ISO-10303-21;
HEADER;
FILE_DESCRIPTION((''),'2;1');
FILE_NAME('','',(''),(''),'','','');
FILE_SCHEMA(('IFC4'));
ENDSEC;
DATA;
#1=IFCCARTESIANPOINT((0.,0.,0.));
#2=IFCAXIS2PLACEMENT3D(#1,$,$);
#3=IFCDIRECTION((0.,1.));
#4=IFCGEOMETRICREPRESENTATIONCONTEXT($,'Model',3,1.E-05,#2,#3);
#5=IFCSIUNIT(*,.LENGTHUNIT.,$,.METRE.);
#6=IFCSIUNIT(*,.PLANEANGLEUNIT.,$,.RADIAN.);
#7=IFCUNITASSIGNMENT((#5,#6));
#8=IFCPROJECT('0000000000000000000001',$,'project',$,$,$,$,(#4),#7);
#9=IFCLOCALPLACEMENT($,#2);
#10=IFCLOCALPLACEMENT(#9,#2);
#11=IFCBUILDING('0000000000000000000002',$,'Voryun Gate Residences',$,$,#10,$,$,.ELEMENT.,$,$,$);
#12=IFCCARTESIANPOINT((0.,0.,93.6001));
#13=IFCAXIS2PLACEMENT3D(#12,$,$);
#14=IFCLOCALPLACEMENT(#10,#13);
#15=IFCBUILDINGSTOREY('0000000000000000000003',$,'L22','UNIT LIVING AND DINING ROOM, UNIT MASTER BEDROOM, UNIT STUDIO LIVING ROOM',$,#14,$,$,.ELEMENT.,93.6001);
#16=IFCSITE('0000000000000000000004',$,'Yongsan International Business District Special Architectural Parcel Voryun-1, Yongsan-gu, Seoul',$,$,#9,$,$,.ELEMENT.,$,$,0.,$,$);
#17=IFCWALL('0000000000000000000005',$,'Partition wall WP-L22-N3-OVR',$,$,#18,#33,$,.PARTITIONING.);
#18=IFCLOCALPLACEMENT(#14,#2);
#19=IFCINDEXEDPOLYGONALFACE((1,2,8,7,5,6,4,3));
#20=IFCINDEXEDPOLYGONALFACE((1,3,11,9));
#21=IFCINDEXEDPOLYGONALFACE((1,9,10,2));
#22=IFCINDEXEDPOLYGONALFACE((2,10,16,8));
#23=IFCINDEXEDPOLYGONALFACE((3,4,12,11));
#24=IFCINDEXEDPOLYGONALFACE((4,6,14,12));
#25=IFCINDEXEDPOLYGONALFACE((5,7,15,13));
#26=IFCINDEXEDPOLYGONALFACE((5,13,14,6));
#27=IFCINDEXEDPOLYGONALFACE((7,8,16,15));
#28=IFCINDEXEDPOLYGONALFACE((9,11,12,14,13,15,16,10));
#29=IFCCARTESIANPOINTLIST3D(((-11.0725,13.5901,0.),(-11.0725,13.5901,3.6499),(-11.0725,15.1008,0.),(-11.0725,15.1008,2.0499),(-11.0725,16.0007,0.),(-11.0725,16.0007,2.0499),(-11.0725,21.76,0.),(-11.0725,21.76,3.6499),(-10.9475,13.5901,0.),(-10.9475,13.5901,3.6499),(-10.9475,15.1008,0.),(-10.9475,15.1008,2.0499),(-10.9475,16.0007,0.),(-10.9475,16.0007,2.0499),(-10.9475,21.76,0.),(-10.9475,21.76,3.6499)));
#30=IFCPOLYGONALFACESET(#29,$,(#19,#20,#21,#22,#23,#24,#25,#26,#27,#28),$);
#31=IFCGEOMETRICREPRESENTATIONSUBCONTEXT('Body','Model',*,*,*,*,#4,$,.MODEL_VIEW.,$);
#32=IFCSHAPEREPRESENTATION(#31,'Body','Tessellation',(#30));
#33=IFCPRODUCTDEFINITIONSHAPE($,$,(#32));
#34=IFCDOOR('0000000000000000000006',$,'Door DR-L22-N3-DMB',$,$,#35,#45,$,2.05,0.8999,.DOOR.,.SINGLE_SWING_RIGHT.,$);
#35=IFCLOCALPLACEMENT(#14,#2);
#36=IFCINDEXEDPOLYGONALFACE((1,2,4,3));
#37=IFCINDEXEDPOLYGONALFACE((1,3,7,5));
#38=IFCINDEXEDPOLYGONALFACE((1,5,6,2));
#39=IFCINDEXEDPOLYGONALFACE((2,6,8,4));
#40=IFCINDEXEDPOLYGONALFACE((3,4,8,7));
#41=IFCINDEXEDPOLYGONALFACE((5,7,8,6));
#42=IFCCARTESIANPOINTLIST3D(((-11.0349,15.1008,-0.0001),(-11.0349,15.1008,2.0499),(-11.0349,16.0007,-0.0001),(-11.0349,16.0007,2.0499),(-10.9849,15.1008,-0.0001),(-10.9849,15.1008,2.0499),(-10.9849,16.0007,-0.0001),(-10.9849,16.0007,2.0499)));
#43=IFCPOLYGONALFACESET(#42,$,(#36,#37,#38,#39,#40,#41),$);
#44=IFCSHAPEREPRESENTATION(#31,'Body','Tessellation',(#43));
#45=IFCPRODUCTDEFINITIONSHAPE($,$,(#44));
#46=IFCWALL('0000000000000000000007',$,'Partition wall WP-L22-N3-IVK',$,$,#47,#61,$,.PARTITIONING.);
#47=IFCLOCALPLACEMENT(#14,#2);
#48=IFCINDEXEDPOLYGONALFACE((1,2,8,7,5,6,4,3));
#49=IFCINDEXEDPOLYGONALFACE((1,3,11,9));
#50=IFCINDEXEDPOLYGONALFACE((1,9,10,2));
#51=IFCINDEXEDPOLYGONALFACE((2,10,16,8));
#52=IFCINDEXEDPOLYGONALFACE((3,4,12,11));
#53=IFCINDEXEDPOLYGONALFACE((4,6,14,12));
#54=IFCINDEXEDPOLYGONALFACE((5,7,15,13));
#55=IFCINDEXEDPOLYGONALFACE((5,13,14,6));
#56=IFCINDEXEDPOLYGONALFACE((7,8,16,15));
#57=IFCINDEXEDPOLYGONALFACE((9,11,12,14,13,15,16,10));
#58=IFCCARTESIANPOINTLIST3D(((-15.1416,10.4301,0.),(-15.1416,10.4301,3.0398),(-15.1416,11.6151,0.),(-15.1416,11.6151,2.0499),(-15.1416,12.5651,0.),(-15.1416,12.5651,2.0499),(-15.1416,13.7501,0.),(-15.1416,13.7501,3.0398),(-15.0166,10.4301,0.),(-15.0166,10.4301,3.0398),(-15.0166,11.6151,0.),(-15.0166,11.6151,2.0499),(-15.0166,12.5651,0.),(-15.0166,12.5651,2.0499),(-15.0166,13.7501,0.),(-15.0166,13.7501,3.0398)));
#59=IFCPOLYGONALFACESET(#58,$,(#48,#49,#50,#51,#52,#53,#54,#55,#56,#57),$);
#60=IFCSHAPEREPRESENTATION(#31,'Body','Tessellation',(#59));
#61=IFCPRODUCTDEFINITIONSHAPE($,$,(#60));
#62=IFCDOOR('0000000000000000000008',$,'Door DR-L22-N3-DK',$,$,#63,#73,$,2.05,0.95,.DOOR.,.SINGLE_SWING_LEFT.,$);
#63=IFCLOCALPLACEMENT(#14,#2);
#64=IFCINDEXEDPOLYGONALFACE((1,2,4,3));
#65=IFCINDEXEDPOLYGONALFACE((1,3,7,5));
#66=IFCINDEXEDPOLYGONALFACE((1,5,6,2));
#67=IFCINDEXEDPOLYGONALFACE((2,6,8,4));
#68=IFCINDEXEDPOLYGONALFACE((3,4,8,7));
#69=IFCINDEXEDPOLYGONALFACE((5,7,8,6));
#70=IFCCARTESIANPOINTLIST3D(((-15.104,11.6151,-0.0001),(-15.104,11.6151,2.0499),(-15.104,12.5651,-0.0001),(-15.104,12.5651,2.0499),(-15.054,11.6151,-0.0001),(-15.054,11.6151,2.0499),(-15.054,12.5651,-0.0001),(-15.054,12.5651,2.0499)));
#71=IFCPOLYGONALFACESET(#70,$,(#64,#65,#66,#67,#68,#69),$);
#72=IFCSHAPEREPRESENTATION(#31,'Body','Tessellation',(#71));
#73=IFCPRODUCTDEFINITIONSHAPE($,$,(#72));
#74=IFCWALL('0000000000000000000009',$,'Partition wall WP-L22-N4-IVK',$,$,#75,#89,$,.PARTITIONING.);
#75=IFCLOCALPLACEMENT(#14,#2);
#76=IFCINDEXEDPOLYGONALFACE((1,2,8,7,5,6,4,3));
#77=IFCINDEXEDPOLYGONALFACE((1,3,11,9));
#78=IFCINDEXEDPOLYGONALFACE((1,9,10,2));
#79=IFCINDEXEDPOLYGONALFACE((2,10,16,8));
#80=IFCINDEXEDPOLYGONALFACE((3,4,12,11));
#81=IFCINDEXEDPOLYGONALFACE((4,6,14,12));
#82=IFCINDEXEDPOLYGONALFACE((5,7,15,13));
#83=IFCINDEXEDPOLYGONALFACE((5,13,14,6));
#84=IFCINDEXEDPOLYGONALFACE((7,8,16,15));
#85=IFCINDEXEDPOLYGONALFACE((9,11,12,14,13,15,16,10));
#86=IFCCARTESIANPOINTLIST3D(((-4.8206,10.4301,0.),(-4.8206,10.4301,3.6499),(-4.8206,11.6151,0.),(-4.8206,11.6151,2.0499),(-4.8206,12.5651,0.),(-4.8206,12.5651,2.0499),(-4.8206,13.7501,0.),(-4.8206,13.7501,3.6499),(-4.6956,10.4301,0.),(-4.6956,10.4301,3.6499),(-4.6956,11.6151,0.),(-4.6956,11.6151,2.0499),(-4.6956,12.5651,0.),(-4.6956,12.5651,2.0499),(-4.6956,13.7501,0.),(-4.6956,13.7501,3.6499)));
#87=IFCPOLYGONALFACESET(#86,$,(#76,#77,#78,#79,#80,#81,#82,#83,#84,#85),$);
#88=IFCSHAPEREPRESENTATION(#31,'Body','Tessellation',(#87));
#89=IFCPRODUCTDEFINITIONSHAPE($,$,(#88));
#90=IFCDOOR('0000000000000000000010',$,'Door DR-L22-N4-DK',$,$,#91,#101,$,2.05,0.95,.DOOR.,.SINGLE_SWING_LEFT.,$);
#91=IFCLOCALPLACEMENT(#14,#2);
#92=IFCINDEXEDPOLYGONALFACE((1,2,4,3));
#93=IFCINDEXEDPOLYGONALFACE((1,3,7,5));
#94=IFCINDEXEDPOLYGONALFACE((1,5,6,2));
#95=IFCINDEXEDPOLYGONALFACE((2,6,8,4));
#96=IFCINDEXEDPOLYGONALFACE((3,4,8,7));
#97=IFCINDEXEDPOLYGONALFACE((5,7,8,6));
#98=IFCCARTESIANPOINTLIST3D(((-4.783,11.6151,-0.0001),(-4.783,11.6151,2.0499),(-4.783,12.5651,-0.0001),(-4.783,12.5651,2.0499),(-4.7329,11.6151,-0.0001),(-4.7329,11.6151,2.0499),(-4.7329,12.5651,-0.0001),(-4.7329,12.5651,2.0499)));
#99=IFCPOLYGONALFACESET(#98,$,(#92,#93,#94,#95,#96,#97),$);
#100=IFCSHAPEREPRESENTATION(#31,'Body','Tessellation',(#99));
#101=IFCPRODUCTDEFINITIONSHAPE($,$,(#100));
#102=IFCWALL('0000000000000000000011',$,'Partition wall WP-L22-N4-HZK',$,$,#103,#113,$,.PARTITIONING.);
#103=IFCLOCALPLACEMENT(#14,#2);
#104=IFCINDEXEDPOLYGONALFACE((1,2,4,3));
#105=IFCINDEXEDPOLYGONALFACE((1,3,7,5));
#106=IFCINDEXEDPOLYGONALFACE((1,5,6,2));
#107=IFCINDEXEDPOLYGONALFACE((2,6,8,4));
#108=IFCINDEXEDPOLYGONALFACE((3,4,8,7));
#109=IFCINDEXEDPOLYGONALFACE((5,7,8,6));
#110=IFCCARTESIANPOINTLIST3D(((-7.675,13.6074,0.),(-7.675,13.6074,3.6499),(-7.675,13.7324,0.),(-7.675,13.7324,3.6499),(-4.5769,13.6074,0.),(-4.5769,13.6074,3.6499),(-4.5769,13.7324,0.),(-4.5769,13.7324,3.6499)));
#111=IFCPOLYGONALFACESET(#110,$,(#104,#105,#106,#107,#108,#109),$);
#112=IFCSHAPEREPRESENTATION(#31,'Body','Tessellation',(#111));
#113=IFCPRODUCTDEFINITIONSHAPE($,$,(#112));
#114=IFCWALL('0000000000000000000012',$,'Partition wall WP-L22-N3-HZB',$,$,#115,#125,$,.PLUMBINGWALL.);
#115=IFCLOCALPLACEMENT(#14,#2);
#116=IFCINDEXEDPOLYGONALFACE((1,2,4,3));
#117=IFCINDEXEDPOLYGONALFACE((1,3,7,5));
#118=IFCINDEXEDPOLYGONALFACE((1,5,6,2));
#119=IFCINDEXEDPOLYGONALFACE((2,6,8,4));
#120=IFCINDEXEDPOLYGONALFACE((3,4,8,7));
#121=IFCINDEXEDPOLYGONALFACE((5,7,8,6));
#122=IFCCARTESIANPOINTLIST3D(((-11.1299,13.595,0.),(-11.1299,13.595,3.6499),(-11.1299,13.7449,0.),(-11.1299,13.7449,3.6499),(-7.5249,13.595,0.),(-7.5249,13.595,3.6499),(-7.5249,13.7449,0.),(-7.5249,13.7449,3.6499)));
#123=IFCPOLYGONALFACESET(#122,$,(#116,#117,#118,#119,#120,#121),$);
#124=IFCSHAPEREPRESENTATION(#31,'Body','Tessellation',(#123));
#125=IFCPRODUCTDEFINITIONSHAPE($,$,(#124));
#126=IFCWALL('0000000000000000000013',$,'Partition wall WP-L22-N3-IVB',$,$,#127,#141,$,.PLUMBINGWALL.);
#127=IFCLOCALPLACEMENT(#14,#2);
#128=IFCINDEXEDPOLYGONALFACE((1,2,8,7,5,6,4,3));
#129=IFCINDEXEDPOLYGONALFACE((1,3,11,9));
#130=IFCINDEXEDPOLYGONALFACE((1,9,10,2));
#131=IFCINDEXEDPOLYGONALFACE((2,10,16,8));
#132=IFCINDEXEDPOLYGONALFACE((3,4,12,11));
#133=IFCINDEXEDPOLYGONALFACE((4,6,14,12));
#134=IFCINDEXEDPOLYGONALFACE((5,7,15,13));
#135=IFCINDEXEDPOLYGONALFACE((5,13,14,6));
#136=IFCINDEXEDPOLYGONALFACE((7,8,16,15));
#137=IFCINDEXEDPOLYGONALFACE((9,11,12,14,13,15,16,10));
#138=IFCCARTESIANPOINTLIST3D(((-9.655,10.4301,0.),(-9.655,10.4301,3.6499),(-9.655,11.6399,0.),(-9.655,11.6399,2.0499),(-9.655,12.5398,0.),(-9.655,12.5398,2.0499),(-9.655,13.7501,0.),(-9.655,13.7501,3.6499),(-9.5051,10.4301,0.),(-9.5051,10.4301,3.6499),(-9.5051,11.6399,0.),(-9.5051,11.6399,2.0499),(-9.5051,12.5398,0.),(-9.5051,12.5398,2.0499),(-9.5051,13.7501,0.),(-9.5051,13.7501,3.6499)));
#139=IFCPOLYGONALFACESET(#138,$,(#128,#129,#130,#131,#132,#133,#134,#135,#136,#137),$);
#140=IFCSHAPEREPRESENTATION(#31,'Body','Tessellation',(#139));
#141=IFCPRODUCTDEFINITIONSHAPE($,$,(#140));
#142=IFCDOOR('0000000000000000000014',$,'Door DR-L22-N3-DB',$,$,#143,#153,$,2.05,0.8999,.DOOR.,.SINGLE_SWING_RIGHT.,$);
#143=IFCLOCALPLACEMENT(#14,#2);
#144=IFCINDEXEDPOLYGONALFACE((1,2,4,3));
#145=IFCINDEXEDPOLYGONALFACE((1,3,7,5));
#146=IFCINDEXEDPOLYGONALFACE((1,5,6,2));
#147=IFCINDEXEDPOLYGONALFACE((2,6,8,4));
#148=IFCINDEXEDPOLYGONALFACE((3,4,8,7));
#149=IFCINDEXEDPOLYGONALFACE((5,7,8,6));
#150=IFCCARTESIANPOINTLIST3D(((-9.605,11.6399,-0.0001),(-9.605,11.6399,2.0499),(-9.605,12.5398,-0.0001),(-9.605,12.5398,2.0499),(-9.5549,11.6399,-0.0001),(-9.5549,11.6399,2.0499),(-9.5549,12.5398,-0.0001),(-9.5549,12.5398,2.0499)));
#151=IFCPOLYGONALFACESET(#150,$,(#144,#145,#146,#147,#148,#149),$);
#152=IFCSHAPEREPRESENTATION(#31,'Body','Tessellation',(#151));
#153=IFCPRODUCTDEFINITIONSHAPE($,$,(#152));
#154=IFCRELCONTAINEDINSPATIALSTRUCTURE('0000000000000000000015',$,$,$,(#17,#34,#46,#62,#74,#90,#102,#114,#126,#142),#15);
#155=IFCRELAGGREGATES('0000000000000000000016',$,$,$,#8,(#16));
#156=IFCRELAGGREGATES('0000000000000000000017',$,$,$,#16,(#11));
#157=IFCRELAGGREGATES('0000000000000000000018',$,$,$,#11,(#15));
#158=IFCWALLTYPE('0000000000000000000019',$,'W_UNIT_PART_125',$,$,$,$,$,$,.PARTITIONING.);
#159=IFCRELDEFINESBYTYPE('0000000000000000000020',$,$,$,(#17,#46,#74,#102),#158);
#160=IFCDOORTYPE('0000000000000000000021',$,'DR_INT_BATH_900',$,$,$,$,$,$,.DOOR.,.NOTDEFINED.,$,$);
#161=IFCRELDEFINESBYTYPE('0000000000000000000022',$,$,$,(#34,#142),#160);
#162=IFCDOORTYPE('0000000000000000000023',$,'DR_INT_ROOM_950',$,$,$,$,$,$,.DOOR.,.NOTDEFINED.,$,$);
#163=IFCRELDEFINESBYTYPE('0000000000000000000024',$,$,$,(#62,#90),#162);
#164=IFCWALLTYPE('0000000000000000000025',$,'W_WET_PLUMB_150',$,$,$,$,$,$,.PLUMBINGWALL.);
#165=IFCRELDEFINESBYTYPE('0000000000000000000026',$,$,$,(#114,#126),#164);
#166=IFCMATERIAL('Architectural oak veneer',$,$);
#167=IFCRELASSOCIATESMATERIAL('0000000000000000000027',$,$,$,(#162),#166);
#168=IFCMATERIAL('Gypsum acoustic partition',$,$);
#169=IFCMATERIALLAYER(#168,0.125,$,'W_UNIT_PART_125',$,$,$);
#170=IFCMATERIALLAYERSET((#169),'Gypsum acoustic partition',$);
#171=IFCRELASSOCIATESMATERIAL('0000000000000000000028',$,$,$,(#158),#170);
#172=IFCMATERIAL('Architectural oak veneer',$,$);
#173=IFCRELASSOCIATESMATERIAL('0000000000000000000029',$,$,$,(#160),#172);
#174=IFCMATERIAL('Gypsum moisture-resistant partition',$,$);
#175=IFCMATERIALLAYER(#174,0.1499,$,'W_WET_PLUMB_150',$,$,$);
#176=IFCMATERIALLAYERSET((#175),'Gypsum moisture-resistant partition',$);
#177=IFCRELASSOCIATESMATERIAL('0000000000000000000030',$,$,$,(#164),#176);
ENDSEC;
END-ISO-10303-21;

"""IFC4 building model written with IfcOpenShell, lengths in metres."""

from ifc_helpers import new_model, si_unit, direction, frame, frame_2d, origin, place, context, subcontext, project, spatial, rectangle, extrude, material, layer, layer_set, type_object, element, fill, save


model = new_model("IFC4")

# Units and contexts
model_context = context("Model", 3, precision=1e-05, world=origin(), true_north=direction((0.0, 1.0)))
body_context = subcontext(model_context, "Body", "Model", "MODEL_VIEW")
ifc_project = project(units=[si_unit("LENGTHUNIT", "METRE"), si_unit("PLANEANGLEUNIT", "RADIAN")], contexts=[model_context])

# Site, building, storey
site_placement = place(None, origin())
site = spatial("IfcSite", under=ifc_project, at=site_placement, Name="Yongsan International Business District Special Architectural Parcel Voryun-1, Yongsan-gu, Seoul", CompositionType="ELEMENT", RefElevation=0.0)
building_placement = place(site_placement, origin())
building = spatial("IfcBuilding", under=site, at=building_placement, Name="Voryun Gate Residences", CompositionType="ELEMENT")
storey_placement = place(building_placement, frame((0.0, 0.0, 93.6001)))
storey = spatial("IfcBuildingStorey", under=building, at=storey_placement, Name="L22", Description="UNIT LIVING AND DINING ROOM, UNIT MASTER BEDROOM, UNIT STUDIO LIVING ROOM", CompositionType="ELEMENT", Elevation=93.6001)

# Shared definitions
ifc_material_1 = material(Name="Architectural oak veneer")
door_type_1 = type_object("IfcDoorType", Name="DR_INT_ROOM_950", OperationType="NOTDEFINED", PredefinedType="DOOR", material=ifc_material_1)

# Walls, openings, doors
ifc_material_2 = material(Name="Gypsum acoustic partition")
ifc_layer_1 = layer(ifc_material_2, 0.125, Name="W_UNIT_PART_125")
ifc_layer_set_1 = layer_set([ifc_layer_1], Name="Gypsum acoustic partition")
wall_type_1 = type_object("IfcWallType", Name="W_UNIT_PART_125", PredefinedType="PARTITIONING", material=ifc_layer_set_1)
wall_1_placement = place(storey_placement, frame((-11.01, 13.5901, 0.0), z_axis=(0.0, 0.0, 1.0), x_axis=(0.0, 1.0, 0.0)))
wall_1 = element("IfcWall", 1, at=wall_1_placement, inside=storey, type_object=wall_type_1, Name="Partition wall WP-L22-N3-OVR", PredefinedType="PARTITIONING", context=body_context, shape_type="SweptSolid", body=[
    extrude(rectangle(XDim=8.1699, YDim=0.125, at=frame_2d((4.085, 0.0))), origin(), (0.0, 0.0, 1.0), 3.6499),
])
opening_1_placement = place(wall_1_placement, frame((1.5107, 0.0, 0.0)))
opening_1 = element("IfcOpeningElement", 2, at=opening_1_placement, cuts=wall_1, PredefinedType="OPENING", context=body_context, shape_type="SweptSolid", body=[
    extrude(rectangle(XDim=0.8999, YDim=2.05, at=frame_2d((0.45, 1.0249))), frame((0.0, 0.0725, 0.0), z_axis=(0.0, -1.0, 0.0), x_axis=(1.0, 0.0, 0.0)), (0.0, 0.0, 1.0), 0.145),
])
ifc_material_3 = material(Name="Architectural oak veneer")
door_type_2 = type_object("IfcDoorType", Name="DR_INT_BATH_900", OperationType="NOTDEFINED", PredefinedType="DOOR", material=ifc_material_3)
door_1_placement = place(opening_1_placement, origin())
door_1 = element("IfcDoor", 3, at=door_1_placement, inside=storey, type_object=door_type_2, Name="Door DR-L22-N3-DMB", OperationType="SINGLE_SWING_RIGHT", OverallHeight=2.05, OverallWidth=0.8999, PredefinedType="DOOR", context=body_context, shape_type="SweptSolid", body=[
    extrude(rectangle(XDim=0.8999, YDim=2.05, at=frame_2d((0.45, 1.0249))), frame((0.0, 0.0249, 0.0), z_axis=(0.0, -1.0, 0.0), x_axis=(1.0, 0.0, 0.0)), (0.0, 0.0, 1.0), 0.05),
])
fill(opening_1, door_1)
wall_2_placement = place(storey_placement, frame((-15.0791, 10.4299, 0.0), z_axis=(0.0, 0.0, 1.0), x_axis=(0.0, 1.0, 0.0)))
wall_2 = element("IfcWall", 4, at=wall_2_placement, inside=storey, type_object=wall_type_1, Name="Partition wall WP-L22-N3-IVK", PredefinedType="PARTITIONING", context=body_context, shape_type="SweptSolid", body=[
    extrude(rectangle(XDim=3.3201, YDim=0.125, at=frame_2d((1.6602, 0.0))), origin(), (0.0, 0.0, 1.0), 3.0398),
])
opening_2_placement = place(wall_2_placement, frame((1.1851, 0.0, 0.0)))
opening_2 = element("IfcOpeningElement", 5, at=opening_2_placement, cuts=wall_2, PredefinedType="OPENING", context=body_context, shape_type="SweptSolid", body=[
    extrude(rectangle(XDim=0.95, YDim=2.05, at=frame_2d((0.4751, 1.0249))), frame((0.0, 0.0725, 0.0), z_axis=(0.0, -1.0, 0.0), x_axis=(1.0, 0.0, 0.0)), (0.0, 0.0, 1.0), 0.145),
])
door_2_placement = place(opening_2_placement, origin())
door_2 = element("IfcDoor", 6, at=door_2_placement, inside=storey, type_object=door_type_1, Name="Door DR-L22-N3-DK", OperationType="SINGLE_SWING_LEFT", OverallHeight=2.05, OverallWidth=0.95, PredefinedType="DOOR", context=body_context, shape_type="SweptSolid", body=[
    extrude(rectangle(XDim=0.95, YDim=2.05, at=frame_2d((0.4751, 1.0249))), frame((0.0, 0.0249, 0.0), z_axis=(0.0, -1.0, 0.0), x_axis=(1.0, 0.0, 0.0)), (0.0, 0.0, 1.0), 0.05),
])
fill(opening_2, door_2)
wall_3_placement = place(storey_placement, frame((-4.7581, 10.4299, 0.0), z_axis=(0.0, 0.0, 1.0), x_axis=(0.0, 1.0, 0.0)))
wall_3 = element("IfcWall", 7, at=wall_3_placement, inside=storey, type_object=wall_type_1, Name="Partition wall WP-L22-N4-IVK", PredefinedType="PARTITIONING", context=body_context, shape_type="SweptSolid", body=[
    extrude(rectangle(XDim=3.3201, YDim=0.125, at=frame_2d((1.6602, 0.0))), origin(), (0.0, 0.0, 1.0), 3.6499),
])
opening_3_placement = place(wall_3_placement, frame((1.1851, 0.0, 0.0)))
opening_3 = element("IfcOpeningElement", 8, at=opening_3_placement, cuts=wall_3, PredefinedType="OPENING", context=body_context, shape_type="SweptSolid", body=[
    extrude(rectangle(XDim=0.95, YDim=2.05, at=frame_2d((0.4751, 1.0249))), frame((0.0, 0.0725, 0.0), z_axis=(0.0, -1.0, 0.0), x_axis=(1.0, 0.0, 0.0)), (0.0, 0.0, 1.0), 0.145),
])
door_3_placement = place(opening_3_placement, origin())
door_3 = element("IfcDoor", 9, at=door_3_placement, inside=storey, type_object=door_type_1, Name="Door DR-L22-N4-DK", OperationType="SINGLE_SWING_LEFT", OverallHeight=2.05, OverallWidth=0.95, PredefinedType="DOOR", context=body_context, shape_type="SweptSolid", body=[
    extrude(rectangle(XDim=0.95, YDim=2.05, at=frame_2d((0.4751, 1.0249))), frame((0.0, 0.0249, 0.0), z_axis=(0.0, -1.0, 0.0), x_axis=(1.0, 0.0, 0.0)), (0.0, 0.0, 1.0), 0.05),
])
fill(opening_3, door_3)

# Walls
wall_4_placement = place(storey_placement, frame((-7.675, 13.6699, 0.0), z_axis=(0.0, 0.0, 1.0), x_axis=(1.0, 0.0, 0.0)))
element("IfcWall", 10, at=wall_4_placement, inside=storey, type_object=wall_type_1, Name="Partition wall WP-L22-N4-HZK", PredefinedType="PARTITIONING", context=body_context, shape_type="SweptSolid", body=[
    extrude(rectangle(XDim=3.0981, YDim=0.125, at=frame_2d((1.5491, 0.0))), origin(), (0.0, 0.0, 1.0), 3.6499),
])
ifc_material_4 = material(Name="Gypsum moisture-resistant partition")
ifc_layer_2 = layer(ifc_material_4, 0.1499, Name="W_WET_PLUMB_150")
ifc_layer_set_2 = layer_set([ifc_layer_2], Name="Gypsum moisture-resistant partition")
wall_type_2 = type_object("IfcWallType", Name="W_WET_PLUMB_150", PredefinedType="PLUMBINGWALL", material=ifc_layer_set_2)
wall_5_placement = place(storey_placement, frame((-11.1299, 13.6699, 0.0), z_axis=(0.0, 0.0, 1.0), x_axis=(1.0, 0.0, 0.0)))
element("IfcWall", 11, at=wall_5_placement, inside=storey, type_object=wall_type_2, Name="Partition wall WP-L22-N3-HZB", PredefinedType="PLUMBINGWALL", context=body_context, shape_type="SweptSolid", body=[
    extrude(rectangle(XDim=3.605, YDim=0.1499, at=frame_2d((1.8025, 0.0))), origin(), (0.0, 0.0, 1.0), 3.6499),
])

# Wall, opening, door
wall_6_placement = place(storey_placement, frame((-9.5801, 10.4299, 0.0), z_axis=(0.0, 0.0, 1.0), x_axis=(0.0, 1.0, 0.0)))
wall_6 = element("IfcWall", 12, at=wall_6_placement, inside=storey, type_object=wall_type_2, Name="Partition wall WP-L22-N3-IVB", PredefinedType="PLUMBINGWALL", context=body_context, shape_type="SweptSolid", body=[
    extrude(rectangle(XDim=3.3201, YDim=0.1499, at=frame_2d((1.6602, 0.0))), origin(), (0.0, 0.0, 1.0), 3.6499),
])
opening_4_placement = place(wall_6_placement, frame((1.21, 0.0, 0.0)))
opening_4 = element("IfcOpeningElement", 13, at=opening_4_placement, cuts=wall_6, PredefinedType="OPENING", context=body_context, shape_type="SweptSolid", body=[
    extrude(rectangle(XDim=0.8999, YDim=2.05, at=frame_2d((0.45, 1.0249))), frame((0.0, 0.085, 0.0), z_axis=(0.0, -1.0, 0.0), x_axis=(1.0, 0.0, 0.0)), (0.0, 0.0, 1.0), 0.1699),
])
door_4_placement = place(opening_4_placement, origin())
door_4 = element("IfcDoor", 14, at=door_4_placement, inside=storey, type_object=door_type_2, Name="Door DR-L22-N3-DB", OperationType="SINGLE_SWING_RIGHT", OverallHeight=2.05, OverallWidth=0.8999, PredefinedType="DOOR", context=body_context, shape_type="SweptSolid", body=[
    extrude(rectangle(XDim=0.8999, YDim=2.05, at=frame_2d((0.45, 1.0249))), frame((0.0, 0.0249, 0.0), z_axis=(0.0, -1.0, 0.0), x_axis=(1.0, 0.0, 0.0)), (0.0, 0.0, 1.0), 0.05),
])
fill(opening_4, door_4)

save(model, "model.ifc")
